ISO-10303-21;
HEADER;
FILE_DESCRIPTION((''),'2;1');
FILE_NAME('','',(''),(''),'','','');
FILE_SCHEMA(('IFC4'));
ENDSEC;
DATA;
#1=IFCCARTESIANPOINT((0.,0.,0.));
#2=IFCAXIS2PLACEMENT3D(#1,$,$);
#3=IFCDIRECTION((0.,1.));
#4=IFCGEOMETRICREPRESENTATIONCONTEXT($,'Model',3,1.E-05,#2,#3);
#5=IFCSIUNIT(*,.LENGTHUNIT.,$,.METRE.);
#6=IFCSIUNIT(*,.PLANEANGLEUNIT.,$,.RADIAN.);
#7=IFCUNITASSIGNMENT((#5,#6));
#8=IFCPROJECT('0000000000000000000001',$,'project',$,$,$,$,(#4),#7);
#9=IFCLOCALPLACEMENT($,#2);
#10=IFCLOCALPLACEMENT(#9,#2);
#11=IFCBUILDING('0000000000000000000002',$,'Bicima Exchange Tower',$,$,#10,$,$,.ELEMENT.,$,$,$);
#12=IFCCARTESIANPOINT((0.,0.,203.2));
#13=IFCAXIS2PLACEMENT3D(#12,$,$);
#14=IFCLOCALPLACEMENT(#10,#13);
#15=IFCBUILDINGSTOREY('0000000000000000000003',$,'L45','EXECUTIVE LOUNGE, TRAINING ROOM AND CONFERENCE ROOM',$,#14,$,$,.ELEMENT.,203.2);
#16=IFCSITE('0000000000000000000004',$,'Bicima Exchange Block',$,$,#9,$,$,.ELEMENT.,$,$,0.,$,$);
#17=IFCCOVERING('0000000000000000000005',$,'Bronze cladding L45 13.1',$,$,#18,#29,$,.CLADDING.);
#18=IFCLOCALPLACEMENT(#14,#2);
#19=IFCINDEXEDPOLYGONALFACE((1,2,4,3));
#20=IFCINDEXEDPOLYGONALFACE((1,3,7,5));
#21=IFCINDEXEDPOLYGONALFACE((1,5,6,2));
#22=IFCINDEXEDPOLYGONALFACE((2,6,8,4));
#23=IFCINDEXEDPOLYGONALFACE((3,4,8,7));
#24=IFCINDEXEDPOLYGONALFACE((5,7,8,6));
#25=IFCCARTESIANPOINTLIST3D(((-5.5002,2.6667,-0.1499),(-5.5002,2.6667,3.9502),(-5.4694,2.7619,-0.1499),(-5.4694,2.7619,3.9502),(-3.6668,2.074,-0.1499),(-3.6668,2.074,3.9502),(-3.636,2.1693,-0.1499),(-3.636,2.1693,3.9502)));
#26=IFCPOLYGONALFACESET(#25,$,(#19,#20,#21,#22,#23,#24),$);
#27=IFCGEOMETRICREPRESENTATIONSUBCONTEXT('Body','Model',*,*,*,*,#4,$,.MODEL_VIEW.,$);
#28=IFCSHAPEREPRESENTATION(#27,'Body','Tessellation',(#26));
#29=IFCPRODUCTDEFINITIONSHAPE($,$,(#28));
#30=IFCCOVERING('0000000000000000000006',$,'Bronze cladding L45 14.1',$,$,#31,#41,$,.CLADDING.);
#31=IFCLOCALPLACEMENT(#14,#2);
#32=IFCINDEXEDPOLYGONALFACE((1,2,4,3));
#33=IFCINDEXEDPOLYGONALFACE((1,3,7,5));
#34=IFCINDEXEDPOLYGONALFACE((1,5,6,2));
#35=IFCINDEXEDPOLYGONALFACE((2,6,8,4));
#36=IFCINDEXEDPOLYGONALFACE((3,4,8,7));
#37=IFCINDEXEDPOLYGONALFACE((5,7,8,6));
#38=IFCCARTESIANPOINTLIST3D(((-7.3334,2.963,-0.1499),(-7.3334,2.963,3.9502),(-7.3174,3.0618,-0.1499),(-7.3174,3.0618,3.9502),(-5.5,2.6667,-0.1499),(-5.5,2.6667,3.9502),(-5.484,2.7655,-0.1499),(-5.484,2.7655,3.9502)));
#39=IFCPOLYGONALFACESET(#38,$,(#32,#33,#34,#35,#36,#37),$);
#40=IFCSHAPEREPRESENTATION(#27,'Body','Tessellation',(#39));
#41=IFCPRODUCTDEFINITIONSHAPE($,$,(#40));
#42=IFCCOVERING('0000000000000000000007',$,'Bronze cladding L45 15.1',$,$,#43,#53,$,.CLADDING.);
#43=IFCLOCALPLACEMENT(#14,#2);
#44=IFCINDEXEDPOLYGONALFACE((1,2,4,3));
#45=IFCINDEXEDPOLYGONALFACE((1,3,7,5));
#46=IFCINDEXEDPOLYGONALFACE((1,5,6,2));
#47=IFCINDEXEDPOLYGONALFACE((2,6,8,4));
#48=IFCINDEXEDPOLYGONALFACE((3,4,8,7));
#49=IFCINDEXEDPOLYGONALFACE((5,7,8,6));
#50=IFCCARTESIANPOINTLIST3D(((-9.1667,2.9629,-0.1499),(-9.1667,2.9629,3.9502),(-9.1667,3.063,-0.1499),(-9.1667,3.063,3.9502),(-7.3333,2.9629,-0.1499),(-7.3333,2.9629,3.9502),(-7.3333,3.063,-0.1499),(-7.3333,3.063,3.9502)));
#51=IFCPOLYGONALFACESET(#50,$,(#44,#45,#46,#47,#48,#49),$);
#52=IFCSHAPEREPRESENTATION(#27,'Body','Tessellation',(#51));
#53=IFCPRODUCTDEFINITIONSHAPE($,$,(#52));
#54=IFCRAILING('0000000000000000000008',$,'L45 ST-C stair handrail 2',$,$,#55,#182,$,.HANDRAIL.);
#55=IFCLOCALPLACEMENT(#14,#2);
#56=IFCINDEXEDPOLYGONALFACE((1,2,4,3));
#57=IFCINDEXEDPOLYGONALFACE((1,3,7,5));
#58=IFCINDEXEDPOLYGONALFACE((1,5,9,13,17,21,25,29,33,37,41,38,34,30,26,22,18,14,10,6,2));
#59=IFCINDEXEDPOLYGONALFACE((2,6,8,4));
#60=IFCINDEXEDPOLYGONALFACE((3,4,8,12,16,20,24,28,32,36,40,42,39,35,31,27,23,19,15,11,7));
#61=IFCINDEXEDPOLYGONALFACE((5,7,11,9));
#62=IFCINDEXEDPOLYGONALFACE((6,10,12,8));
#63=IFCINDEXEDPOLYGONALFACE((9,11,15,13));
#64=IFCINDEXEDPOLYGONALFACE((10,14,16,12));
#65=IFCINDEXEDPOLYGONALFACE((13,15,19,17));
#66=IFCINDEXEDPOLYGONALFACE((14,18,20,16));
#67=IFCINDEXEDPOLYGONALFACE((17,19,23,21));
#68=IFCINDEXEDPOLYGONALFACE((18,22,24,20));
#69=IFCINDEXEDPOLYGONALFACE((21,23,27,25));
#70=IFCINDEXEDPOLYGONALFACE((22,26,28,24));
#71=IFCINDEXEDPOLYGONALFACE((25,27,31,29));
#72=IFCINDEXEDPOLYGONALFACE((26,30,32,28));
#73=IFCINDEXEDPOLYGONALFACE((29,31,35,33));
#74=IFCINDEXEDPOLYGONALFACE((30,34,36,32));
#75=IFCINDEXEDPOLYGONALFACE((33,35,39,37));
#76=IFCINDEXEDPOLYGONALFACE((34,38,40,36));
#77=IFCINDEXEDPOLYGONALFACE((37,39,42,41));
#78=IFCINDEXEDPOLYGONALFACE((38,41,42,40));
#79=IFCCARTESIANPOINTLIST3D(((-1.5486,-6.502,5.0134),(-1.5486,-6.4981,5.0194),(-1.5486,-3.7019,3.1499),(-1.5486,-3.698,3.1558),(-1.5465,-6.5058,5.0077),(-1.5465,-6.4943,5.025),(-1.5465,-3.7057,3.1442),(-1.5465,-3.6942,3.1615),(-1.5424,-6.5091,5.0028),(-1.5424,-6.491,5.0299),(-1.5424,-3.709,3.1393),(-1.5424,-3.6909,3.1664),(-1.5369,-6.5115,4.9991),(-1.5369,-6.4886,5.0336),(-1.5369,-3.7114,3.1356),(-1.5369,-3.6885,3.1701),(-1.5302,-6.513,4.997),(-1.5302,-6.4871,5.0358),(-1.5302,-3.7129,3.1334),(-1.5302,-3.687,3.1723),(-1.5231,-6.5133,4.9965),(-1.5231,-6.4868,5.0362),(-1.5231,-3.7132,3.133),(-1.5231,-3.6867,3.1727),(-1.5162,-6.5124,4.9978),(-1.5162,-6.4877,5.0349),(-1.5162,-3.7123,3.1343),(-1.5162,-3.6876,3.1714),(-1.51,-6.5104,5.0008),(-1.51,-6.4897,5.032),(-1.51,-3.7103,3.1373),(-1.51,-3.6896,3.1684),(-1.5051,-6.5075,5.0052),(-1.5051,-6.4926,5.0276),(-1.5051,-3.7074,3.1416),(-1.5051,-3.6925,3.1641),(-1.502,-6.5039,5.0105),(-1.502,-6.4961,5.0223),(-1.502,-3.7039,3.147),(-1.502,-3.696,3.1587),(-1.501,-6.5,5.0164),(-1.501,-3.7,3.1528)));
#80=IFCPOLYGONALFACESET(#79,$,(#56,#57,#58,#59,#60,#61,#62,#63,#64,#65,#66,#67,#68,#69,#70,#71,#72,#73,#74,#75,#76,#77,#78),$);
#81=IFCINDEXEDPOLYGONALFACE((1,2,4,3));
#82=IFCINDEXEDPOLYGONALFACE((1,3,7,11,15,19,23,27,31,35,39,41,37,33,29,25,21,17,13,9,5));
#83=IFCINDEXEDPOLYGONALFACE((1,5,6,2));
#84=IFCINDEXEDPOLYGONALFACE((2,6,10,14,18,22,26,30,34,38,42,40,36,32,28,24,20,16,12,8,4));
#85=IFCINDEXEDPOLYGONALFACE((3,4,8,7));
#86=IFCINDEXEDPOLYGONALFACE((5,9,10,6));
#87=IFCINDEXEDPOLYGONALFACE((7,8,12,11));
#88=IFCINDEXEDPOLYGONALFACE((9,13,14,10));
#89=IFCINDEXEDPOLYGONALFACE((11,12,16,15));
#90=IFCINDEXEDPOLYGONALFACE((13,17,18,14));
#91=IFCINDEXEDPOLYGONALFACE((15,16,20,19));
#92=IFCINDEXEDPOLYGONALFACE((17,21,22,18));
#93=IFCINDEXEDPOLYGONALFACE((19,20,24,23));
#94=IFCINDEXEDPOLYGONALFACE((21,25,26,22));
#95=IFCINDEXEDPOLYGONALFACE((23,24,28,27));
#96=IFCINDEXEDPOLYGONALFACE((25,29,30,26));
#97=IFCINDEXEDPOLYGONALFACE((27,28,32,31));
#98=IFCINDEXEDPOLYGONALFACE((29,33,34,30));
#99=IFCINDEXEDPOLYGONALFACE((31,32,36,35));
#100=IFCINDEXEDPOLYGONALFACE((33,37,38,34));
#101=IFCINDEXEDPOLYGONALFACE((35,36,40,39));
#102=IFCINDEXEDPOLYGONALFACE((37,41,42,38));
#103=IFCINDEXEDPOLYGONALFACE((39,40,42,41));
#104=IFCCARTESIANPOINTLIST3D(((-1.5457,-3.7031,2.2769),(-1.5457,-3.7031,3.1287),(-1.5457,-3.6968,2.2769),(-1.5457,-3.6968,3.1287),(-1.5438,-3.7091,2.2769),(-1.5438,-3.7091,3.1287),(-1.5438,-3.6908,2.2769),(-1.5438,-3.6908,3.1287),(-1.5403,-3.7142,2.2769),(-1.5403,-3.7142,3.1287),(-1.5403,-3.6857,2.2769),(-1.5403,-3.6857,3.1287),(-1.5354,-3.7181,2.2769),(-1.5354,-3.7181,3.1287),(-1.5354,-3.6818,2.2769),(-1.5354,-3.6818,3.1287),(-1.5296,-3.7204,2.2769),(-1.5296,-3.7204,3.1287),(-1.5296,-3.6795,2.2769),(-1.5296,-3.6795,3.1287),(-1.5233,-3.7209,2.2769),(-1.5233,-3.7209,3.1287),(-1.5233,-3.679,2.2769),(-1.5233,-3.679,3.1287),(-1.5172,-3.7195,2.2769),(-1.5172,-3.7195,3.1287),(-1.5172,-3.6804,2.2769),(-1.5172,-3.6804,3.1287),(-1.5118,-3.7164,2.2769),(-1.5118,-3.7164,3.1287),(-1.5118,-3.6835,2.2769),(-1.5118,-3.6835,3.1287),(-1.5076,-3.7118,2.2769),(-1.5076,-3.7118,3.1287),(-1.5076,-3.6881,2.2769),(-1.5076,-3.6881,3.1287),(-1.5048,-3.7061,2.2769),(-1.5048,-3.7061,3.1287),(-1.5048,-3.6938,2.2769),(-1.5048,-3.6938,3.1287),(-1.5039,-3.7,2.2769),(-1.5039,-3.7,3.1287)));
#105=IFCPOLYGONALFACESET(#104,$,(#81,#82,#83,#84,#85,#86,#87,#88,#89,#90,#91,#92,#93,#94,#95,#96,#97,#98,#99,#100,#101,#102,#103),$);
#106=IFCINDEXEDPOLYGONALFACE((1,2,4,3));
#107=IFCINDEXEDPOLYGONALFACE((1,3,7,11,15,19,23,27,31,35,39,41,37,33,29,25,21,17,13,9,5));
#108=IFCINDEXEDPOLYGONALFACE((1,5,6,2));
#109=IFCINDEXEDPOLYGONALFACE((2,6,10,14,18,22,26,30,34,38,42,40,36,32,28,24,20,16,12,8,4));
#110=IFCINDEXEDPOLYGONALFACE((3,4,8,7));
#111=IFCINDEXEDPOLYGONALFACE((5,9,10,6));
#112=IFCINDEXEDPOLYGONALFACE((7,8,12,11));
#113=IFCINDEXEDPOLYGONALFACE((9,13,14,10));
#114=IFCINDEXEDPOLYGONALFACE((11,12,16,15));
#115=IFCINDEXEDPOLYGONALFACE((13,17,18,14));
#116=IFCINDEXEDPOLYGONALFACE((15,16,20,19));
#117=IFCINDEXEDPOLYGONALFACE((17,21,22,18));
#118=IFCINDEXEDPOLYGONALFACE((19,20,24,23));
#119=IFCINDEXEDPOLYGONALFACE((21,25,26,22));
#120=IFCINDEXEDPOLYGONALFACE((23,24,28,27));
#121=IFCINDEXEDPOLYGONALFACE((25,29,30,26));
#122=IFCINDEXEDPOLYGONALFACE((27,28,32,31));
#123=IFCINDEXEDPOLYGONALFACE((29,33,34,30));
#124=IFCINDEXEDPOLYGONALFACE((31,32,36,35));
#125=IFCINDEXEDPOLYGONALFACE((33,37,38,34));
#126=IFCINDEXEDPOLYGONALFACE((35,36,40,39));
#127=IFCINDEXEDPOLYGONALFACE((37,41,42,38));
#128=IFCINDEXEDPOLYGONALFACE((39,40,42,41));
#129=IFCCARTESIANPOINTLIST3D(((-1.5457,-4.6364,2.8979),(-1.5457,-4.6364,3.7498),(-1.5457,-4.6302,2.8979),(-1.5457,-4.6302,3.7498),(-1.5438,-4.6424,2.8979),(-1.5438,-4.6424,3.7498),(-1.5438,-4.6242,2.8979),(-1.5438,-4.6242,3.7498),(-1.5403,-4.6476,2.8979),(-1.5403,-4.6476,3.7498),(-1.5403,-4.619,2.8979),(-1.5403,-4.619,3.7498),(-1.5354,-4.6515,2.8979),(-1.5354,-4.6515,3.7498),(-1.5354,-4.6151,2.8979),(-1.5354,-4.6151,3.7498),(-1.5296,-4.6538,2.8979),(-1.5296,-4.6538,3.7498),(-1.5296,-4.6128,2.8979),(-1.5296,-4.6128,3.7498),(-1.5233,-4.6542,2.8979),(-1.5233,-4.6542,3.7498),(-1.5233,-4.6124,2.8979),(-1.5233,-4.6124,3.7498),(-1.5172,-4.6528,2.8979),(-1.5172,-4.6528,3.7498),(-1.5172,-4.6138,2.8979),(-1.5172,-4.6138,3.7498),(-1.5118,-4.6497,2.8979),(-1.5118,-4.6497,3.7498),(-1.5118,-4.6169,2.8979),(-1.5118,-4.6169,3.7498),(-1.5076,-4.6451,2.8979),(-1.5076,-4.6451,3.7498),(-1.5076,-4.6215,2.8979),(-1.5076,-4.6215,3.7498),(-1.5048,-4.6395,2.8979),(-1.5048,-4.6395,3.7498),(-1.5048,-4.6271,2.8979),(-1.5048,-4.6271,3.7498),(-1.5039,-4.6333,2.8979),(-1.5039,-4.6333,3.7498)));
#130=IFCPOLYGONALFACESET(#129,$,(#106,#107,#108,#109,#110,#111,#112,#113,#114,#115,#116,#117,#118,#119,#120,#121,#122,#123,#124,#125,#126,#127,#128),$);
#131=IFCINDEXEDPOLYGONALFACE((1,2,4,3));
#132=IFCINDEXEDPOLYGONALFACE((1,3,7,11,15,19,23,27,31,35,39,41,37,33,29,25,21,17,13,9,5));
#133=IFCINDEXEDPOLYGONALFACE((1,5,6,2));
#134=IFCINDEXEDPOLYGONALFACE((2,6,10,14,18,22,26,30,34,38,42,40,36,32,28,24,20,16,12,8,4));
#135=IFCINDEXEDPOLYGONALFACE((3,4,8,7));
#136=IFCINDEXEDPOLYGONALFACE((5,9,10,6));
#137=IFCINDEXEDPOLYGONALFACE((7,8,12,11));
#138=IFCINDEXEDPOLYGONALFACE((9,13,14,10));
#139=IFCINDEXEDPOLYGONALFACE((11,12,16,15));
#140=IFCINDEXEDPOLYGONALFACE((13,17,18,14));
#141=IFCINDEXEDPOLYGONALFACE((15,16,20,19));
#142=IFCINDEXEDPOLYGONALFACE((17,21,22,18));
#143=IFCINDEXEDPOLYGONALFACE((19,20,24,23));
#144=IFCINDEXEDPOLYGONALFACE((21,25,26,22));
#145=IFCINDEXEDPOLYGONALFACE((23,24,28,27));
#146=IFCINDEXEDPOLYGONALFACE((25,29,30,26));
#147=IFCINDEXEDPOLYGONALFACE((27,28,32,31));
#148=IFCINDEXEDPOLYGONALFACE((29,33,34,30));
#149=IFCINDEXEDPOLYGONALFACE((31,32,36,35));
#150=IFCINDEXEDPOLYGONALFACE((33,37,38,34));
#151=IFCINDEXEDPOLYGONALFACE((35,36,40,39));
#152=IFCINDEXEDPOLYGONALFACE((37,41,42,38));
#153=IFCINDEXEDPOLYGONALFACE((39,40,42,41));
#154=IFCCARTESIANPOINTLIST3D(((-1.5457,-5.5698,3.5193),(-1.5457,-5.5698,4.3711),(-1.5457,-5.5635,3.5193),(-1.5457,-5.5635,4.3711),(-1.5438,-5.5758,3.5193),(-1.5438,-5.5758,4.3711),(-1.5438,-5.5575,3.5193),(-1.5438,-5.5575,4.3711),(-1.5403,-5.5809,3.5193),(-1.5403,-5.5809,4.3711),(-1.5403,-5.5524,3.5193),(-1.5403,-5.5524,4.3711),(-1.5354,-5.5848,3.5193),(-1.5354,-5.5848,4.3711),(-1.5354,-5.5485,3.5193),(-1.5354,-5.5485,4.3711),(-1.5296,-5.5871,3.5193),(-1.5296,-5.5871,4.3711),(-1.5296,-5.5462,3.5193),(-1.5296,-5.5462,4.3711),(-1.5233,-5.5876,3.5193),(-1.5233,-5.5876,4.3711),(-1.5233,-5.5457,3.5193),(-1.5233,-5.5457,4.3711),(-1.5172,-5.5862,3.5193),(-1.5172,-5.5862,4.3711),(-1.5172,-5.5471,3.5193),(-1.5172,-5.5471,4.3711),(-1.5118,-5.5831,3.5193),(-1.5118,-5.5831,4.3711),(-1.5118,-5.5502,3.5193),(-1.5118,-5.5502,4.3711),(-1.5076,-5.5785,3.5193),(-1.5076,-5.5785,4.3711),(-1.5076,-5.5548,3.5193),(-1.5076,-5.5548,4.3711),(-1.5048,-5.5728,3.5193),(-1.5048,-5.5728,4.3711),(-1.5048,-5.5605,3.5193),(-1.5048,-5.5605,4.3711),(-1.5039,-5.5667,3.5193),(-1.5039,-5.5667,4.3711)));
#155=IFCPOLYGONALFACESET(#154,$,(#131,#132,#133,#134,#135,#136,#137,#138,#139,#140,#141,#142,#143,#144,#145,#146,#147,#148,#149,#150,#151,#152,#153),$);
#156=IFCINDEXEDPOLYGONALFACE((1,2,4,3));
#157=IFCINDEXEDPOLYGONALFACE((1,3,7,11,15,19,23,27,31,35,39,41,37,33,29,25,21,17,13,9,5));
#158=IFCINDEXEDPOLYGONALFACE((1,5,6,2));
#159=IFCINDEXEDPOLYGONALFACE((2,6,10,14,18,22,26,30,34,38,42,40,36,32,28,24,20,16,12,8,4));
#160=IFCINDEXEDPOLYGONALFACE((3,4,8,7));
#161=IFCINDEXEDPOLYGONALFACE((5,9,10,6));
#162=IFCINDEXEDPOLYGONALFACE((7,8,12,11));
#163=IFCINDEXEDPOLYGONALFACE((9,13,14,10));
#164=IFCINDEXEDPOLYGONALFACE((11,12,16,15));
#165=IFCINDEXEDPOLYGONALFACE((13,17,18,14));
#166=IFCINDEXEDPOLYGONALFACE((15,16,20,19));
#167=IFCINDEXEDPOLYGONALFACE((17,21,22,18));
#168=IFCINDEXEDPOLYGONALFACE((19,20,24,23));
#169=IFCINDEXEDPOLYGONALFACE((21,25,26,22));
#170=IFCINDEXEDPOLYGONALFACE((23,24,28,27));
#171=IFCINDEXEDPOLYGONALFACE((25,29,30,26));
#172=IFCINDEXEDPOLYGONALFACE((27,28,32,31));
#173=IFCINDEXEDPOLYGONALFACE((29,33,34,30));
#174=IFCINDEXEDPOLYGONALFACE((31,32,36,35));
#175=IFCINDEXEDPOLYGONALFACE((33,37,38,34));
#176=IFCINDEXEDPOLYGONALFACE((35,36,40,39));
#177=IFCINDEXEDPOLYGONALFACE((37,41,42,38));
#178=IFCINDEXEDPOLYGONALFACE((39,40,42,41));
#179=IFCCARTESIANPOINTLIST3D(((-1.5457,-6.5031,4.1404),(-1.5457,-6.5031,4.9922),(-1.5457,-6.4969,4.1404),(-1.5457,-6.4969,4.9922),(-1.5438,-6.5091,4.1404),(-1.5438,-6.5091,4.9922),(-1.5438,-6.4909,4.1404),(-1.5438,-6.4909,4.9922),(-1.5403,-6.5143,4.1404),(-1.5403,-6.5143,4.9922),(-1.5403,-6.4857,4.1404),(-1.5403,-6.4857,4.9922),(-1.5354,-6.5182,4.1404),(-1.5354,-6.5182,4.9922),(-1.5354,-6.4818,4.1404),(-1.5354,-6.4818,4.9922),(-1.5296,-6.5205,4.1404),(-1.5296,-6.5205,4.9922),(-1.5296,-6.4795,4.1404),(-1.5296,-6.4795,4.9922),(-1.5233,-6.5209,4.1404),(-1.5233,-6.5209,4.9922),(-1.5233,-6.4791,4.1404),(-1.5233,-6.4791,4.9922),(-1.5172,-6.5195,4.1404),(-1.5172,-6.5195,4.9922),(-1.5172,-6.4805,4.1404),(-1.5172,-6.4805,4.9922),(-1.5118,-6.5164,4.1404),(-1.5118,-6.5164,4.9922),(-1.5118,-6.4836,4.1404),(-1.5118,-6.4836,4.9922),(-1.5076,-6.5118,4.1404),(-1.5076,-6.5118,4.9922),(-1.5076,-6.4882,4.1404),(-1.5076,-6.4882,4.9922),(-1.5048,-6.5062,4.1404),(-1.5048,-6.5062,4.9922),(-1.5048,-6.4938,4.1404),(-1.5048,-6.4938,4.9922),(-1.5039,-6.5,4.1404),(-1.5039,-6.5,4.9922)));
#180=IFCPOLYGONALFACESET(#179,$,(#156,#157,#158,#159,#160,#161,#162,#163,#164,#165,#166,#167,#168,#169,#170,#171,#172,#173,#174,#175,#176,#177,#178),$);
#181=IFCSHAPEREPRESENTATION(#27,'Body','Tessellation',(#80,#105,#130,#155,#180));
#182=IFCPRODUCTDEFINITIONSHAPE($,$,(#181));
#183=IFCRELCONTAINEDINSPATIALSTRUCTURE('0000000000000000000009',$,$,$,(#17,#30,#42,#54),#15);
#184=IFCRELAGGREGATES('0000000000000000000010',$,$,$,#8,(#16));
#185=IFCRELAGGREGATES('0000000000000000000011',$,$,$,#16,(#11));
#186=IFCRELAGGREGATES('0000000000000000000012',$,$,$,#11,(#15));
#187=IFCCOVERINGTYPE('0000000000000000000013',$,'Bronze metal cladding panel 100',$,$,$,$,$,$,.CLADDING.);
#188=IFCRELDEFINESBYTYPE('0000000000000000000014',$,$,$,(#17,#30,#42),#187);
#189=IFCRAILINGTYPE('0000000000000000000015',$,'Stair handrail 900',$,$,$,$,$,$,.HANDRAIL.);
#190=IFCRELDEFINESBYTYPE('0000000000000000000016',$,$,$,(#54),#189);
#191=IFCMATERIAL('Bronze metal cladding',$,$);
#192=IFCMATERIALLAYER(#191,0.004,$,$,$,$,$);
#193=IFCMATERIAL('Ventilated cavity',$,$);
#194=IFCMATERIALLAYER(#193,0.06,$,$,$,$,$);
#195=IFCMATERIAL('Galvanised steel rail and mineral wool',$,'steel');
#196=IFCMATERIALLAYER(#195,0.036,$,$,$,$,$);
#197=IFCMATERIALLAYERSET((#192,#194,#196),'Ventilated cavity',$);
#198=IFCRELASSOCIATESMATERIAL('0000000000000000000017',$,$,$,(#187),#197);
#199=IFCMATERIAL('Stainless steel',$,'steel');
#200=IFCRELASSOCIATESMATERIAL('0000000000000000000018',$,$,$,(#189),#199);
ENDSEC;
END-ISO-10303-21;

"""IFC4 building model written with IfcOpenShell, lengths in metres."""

from ifc_helpers import new_model, si_unit, direction, frame, origin, origin_2d, place, context, subcontext, project, spatial, rectangle, circle, extrude, material, layer, layer_set, type_object, element, save


model = new_model("IFC4")

# Units and contexts
model_context = context("Model", 3, precision=1e-05, world=origin(), true_north=direction((0.0, 1.0)))
body_context = subcontext(model_context, "Body", "Model", "MODEL_VIEW")
ifc_project = project(units=[si_unit("LENGTHUNIT", "METRE"), si_unit("PLANEANGLEUNIT", "RADIAN")], contexts=[model_context])

# Site, building, storey
site_placement = place(None, origin())
site = spatial("IfcSite", under=ifc_project, at=site_placement, Name="Bicima Exchange Block", CompositionType="ELEMENT", RefElevation=0.0)
building_placement = place(site_placement, origin())
building = spatial("IfcBuilding", under=site, at=building_placement, Name="Bicima Exchange Tower", CompositionType="ELEMENT")
storey_placement = place(building_placement, frame((0.0, 0.0, 203.2)))
storey = spatial("IfcBuildingStorey", under=building, at=storey_placement, Name="L45", Description="EXECUTIVE LOUNGE, TRAINING ROOM AND CONFERENCE ROOM", CompositionType="ELEMENT", Elevation=203.2)

# Coverings
ifc_material_1 = material(Name="Bronze metal cladding")
ifc_layer_1 = layer(ifc_material_1, 0.004)
ifc_material_2 = material(Name="Ventilated cavity")
ifc_layer_2 = layer(ifc_material_2, 0.06)
ifc_material_3 = material(Name="Galvanised steel rail and mineral wool", Category="steel")
ifc_layer_3 = layer(ifc_material_3, 0.036)
ifc_layer_set_1 = layer_set([ifc_layer_1, ifc_layer_2, ifc_layer_3], Name="Ventilated cavity")
covering_type = type_object("IfcCoveringType", Name="Bronze metal cladding panel 100", PredefinedType="CLADDING", material=ifc_layer_set_1)
covering_1_placement = place(storey_placement, frame((-4.5681, 2.418, -0.1499), z_axis=(0.0, 0.0, 1.0), x_axis=(-0.951525, 0.307573, 0.0)))
element("IfcCovering", 1, at=covering_1_placement, inside=storey, type_object=covering_type, Name="Bronze cladding L45 13.1", PredefinedType="CLADDING", context=body_context, shape_type="SweptSolid", body=[
    extrude(rectangle(XDim=1.9268, YDim=0.1001, at=origin_2d()), origin(), (0.0, 0.0, 1.0), 4.1001),
])
covering_2_placement = place(storey_placement, frame((-6.4087, 2.8643, -0.1499), z_axis=(0.0, 0.0, 1.0), x_axis=(-0.98719, 0.15955, 0.0)))
element("IfcCovering", 2, at=covering_2_placement, inside=storey, type_object=covering_type, Name="Bronze cladding L45 14.1", PredefinedType="CLADDING", context=body_context, shape_type="SweptSolid", body=[
    extrude(rectangle(XDim=1.8572, YDim=0.1001, at=origin_2d()), origin(), (0.0, 0.0, 1.0), 4.1001),
])
covering_3_placement = place(storey_placement, frame((-8.25, 3.0129, -0.1499), z_axis=(0.0, 0.0, 1.0), x_axis=(-1.0, 0.0, 0.0)))
element("IfcCovering", 3, at=covering_3_placement, inside=storey, type_object=covering_type, Name="Bronze cladding L45 15.1", PredefinedType="CLADDING", context=body_context, shape_type="SweptSolid", body=[
    extrude(rectangle(XDim=1.8335, YDim=0.1001, at=origin_2d()), origin(), (0.0, 0.0, 1.0), 4.1001),
])

# Railing
ifc_material_4 = material(Name="Stainless steel", Category="steel")
railing_type = type_object("IfcRailingType", Name="Stair handrail 900", PredefinedType="HANDRAIL", material=ifc_material_4)
railing_placement = place(storey_placement, frame((-1.5249, -3.7, 2.2769)))
element("IfcRailing", 4, at=railing_placement, inside=storey, type_object=railing_type, Name="L45 ST-C stair handrail 2", PredefinedType="HANDRAIL", context=body_context, shape_type="SweptSolid", body=[
    extrude(circle(Radius=0.0239, at=origin_2d()), frame((0.0, 0.0, 0.876), z_axis=(0.0, -0.832486, 0.554047), x_axis=(1.0, 0.0, 0.0)), (0.0, 0.0, 1.0), 3.3635),
    extrude(circle(Radius=0.021, at=origin_2d()), origin(), (0.0, 0.0, 1.0), 0.8518),
    extrude(circle(Radius=0.021, at=origin_2d()), frame((0.0, -0.9333, 0.6211)), (0.0, 0.0, 1.0), 0.8518),
    extrude(circle(Radius=0.021, at=origin_2d()), frame((0.0, -1.8667, 1.2424)), (0.0, 0.0, 1.0), 0.8518),
    extrude(circle(Radius=0.021, at=origin_2d()), frame((0.0, -2.8, 1.8635)), (0.0, 0.0, 1.0), 0.8518),
])

save(model, "model.ifc")
